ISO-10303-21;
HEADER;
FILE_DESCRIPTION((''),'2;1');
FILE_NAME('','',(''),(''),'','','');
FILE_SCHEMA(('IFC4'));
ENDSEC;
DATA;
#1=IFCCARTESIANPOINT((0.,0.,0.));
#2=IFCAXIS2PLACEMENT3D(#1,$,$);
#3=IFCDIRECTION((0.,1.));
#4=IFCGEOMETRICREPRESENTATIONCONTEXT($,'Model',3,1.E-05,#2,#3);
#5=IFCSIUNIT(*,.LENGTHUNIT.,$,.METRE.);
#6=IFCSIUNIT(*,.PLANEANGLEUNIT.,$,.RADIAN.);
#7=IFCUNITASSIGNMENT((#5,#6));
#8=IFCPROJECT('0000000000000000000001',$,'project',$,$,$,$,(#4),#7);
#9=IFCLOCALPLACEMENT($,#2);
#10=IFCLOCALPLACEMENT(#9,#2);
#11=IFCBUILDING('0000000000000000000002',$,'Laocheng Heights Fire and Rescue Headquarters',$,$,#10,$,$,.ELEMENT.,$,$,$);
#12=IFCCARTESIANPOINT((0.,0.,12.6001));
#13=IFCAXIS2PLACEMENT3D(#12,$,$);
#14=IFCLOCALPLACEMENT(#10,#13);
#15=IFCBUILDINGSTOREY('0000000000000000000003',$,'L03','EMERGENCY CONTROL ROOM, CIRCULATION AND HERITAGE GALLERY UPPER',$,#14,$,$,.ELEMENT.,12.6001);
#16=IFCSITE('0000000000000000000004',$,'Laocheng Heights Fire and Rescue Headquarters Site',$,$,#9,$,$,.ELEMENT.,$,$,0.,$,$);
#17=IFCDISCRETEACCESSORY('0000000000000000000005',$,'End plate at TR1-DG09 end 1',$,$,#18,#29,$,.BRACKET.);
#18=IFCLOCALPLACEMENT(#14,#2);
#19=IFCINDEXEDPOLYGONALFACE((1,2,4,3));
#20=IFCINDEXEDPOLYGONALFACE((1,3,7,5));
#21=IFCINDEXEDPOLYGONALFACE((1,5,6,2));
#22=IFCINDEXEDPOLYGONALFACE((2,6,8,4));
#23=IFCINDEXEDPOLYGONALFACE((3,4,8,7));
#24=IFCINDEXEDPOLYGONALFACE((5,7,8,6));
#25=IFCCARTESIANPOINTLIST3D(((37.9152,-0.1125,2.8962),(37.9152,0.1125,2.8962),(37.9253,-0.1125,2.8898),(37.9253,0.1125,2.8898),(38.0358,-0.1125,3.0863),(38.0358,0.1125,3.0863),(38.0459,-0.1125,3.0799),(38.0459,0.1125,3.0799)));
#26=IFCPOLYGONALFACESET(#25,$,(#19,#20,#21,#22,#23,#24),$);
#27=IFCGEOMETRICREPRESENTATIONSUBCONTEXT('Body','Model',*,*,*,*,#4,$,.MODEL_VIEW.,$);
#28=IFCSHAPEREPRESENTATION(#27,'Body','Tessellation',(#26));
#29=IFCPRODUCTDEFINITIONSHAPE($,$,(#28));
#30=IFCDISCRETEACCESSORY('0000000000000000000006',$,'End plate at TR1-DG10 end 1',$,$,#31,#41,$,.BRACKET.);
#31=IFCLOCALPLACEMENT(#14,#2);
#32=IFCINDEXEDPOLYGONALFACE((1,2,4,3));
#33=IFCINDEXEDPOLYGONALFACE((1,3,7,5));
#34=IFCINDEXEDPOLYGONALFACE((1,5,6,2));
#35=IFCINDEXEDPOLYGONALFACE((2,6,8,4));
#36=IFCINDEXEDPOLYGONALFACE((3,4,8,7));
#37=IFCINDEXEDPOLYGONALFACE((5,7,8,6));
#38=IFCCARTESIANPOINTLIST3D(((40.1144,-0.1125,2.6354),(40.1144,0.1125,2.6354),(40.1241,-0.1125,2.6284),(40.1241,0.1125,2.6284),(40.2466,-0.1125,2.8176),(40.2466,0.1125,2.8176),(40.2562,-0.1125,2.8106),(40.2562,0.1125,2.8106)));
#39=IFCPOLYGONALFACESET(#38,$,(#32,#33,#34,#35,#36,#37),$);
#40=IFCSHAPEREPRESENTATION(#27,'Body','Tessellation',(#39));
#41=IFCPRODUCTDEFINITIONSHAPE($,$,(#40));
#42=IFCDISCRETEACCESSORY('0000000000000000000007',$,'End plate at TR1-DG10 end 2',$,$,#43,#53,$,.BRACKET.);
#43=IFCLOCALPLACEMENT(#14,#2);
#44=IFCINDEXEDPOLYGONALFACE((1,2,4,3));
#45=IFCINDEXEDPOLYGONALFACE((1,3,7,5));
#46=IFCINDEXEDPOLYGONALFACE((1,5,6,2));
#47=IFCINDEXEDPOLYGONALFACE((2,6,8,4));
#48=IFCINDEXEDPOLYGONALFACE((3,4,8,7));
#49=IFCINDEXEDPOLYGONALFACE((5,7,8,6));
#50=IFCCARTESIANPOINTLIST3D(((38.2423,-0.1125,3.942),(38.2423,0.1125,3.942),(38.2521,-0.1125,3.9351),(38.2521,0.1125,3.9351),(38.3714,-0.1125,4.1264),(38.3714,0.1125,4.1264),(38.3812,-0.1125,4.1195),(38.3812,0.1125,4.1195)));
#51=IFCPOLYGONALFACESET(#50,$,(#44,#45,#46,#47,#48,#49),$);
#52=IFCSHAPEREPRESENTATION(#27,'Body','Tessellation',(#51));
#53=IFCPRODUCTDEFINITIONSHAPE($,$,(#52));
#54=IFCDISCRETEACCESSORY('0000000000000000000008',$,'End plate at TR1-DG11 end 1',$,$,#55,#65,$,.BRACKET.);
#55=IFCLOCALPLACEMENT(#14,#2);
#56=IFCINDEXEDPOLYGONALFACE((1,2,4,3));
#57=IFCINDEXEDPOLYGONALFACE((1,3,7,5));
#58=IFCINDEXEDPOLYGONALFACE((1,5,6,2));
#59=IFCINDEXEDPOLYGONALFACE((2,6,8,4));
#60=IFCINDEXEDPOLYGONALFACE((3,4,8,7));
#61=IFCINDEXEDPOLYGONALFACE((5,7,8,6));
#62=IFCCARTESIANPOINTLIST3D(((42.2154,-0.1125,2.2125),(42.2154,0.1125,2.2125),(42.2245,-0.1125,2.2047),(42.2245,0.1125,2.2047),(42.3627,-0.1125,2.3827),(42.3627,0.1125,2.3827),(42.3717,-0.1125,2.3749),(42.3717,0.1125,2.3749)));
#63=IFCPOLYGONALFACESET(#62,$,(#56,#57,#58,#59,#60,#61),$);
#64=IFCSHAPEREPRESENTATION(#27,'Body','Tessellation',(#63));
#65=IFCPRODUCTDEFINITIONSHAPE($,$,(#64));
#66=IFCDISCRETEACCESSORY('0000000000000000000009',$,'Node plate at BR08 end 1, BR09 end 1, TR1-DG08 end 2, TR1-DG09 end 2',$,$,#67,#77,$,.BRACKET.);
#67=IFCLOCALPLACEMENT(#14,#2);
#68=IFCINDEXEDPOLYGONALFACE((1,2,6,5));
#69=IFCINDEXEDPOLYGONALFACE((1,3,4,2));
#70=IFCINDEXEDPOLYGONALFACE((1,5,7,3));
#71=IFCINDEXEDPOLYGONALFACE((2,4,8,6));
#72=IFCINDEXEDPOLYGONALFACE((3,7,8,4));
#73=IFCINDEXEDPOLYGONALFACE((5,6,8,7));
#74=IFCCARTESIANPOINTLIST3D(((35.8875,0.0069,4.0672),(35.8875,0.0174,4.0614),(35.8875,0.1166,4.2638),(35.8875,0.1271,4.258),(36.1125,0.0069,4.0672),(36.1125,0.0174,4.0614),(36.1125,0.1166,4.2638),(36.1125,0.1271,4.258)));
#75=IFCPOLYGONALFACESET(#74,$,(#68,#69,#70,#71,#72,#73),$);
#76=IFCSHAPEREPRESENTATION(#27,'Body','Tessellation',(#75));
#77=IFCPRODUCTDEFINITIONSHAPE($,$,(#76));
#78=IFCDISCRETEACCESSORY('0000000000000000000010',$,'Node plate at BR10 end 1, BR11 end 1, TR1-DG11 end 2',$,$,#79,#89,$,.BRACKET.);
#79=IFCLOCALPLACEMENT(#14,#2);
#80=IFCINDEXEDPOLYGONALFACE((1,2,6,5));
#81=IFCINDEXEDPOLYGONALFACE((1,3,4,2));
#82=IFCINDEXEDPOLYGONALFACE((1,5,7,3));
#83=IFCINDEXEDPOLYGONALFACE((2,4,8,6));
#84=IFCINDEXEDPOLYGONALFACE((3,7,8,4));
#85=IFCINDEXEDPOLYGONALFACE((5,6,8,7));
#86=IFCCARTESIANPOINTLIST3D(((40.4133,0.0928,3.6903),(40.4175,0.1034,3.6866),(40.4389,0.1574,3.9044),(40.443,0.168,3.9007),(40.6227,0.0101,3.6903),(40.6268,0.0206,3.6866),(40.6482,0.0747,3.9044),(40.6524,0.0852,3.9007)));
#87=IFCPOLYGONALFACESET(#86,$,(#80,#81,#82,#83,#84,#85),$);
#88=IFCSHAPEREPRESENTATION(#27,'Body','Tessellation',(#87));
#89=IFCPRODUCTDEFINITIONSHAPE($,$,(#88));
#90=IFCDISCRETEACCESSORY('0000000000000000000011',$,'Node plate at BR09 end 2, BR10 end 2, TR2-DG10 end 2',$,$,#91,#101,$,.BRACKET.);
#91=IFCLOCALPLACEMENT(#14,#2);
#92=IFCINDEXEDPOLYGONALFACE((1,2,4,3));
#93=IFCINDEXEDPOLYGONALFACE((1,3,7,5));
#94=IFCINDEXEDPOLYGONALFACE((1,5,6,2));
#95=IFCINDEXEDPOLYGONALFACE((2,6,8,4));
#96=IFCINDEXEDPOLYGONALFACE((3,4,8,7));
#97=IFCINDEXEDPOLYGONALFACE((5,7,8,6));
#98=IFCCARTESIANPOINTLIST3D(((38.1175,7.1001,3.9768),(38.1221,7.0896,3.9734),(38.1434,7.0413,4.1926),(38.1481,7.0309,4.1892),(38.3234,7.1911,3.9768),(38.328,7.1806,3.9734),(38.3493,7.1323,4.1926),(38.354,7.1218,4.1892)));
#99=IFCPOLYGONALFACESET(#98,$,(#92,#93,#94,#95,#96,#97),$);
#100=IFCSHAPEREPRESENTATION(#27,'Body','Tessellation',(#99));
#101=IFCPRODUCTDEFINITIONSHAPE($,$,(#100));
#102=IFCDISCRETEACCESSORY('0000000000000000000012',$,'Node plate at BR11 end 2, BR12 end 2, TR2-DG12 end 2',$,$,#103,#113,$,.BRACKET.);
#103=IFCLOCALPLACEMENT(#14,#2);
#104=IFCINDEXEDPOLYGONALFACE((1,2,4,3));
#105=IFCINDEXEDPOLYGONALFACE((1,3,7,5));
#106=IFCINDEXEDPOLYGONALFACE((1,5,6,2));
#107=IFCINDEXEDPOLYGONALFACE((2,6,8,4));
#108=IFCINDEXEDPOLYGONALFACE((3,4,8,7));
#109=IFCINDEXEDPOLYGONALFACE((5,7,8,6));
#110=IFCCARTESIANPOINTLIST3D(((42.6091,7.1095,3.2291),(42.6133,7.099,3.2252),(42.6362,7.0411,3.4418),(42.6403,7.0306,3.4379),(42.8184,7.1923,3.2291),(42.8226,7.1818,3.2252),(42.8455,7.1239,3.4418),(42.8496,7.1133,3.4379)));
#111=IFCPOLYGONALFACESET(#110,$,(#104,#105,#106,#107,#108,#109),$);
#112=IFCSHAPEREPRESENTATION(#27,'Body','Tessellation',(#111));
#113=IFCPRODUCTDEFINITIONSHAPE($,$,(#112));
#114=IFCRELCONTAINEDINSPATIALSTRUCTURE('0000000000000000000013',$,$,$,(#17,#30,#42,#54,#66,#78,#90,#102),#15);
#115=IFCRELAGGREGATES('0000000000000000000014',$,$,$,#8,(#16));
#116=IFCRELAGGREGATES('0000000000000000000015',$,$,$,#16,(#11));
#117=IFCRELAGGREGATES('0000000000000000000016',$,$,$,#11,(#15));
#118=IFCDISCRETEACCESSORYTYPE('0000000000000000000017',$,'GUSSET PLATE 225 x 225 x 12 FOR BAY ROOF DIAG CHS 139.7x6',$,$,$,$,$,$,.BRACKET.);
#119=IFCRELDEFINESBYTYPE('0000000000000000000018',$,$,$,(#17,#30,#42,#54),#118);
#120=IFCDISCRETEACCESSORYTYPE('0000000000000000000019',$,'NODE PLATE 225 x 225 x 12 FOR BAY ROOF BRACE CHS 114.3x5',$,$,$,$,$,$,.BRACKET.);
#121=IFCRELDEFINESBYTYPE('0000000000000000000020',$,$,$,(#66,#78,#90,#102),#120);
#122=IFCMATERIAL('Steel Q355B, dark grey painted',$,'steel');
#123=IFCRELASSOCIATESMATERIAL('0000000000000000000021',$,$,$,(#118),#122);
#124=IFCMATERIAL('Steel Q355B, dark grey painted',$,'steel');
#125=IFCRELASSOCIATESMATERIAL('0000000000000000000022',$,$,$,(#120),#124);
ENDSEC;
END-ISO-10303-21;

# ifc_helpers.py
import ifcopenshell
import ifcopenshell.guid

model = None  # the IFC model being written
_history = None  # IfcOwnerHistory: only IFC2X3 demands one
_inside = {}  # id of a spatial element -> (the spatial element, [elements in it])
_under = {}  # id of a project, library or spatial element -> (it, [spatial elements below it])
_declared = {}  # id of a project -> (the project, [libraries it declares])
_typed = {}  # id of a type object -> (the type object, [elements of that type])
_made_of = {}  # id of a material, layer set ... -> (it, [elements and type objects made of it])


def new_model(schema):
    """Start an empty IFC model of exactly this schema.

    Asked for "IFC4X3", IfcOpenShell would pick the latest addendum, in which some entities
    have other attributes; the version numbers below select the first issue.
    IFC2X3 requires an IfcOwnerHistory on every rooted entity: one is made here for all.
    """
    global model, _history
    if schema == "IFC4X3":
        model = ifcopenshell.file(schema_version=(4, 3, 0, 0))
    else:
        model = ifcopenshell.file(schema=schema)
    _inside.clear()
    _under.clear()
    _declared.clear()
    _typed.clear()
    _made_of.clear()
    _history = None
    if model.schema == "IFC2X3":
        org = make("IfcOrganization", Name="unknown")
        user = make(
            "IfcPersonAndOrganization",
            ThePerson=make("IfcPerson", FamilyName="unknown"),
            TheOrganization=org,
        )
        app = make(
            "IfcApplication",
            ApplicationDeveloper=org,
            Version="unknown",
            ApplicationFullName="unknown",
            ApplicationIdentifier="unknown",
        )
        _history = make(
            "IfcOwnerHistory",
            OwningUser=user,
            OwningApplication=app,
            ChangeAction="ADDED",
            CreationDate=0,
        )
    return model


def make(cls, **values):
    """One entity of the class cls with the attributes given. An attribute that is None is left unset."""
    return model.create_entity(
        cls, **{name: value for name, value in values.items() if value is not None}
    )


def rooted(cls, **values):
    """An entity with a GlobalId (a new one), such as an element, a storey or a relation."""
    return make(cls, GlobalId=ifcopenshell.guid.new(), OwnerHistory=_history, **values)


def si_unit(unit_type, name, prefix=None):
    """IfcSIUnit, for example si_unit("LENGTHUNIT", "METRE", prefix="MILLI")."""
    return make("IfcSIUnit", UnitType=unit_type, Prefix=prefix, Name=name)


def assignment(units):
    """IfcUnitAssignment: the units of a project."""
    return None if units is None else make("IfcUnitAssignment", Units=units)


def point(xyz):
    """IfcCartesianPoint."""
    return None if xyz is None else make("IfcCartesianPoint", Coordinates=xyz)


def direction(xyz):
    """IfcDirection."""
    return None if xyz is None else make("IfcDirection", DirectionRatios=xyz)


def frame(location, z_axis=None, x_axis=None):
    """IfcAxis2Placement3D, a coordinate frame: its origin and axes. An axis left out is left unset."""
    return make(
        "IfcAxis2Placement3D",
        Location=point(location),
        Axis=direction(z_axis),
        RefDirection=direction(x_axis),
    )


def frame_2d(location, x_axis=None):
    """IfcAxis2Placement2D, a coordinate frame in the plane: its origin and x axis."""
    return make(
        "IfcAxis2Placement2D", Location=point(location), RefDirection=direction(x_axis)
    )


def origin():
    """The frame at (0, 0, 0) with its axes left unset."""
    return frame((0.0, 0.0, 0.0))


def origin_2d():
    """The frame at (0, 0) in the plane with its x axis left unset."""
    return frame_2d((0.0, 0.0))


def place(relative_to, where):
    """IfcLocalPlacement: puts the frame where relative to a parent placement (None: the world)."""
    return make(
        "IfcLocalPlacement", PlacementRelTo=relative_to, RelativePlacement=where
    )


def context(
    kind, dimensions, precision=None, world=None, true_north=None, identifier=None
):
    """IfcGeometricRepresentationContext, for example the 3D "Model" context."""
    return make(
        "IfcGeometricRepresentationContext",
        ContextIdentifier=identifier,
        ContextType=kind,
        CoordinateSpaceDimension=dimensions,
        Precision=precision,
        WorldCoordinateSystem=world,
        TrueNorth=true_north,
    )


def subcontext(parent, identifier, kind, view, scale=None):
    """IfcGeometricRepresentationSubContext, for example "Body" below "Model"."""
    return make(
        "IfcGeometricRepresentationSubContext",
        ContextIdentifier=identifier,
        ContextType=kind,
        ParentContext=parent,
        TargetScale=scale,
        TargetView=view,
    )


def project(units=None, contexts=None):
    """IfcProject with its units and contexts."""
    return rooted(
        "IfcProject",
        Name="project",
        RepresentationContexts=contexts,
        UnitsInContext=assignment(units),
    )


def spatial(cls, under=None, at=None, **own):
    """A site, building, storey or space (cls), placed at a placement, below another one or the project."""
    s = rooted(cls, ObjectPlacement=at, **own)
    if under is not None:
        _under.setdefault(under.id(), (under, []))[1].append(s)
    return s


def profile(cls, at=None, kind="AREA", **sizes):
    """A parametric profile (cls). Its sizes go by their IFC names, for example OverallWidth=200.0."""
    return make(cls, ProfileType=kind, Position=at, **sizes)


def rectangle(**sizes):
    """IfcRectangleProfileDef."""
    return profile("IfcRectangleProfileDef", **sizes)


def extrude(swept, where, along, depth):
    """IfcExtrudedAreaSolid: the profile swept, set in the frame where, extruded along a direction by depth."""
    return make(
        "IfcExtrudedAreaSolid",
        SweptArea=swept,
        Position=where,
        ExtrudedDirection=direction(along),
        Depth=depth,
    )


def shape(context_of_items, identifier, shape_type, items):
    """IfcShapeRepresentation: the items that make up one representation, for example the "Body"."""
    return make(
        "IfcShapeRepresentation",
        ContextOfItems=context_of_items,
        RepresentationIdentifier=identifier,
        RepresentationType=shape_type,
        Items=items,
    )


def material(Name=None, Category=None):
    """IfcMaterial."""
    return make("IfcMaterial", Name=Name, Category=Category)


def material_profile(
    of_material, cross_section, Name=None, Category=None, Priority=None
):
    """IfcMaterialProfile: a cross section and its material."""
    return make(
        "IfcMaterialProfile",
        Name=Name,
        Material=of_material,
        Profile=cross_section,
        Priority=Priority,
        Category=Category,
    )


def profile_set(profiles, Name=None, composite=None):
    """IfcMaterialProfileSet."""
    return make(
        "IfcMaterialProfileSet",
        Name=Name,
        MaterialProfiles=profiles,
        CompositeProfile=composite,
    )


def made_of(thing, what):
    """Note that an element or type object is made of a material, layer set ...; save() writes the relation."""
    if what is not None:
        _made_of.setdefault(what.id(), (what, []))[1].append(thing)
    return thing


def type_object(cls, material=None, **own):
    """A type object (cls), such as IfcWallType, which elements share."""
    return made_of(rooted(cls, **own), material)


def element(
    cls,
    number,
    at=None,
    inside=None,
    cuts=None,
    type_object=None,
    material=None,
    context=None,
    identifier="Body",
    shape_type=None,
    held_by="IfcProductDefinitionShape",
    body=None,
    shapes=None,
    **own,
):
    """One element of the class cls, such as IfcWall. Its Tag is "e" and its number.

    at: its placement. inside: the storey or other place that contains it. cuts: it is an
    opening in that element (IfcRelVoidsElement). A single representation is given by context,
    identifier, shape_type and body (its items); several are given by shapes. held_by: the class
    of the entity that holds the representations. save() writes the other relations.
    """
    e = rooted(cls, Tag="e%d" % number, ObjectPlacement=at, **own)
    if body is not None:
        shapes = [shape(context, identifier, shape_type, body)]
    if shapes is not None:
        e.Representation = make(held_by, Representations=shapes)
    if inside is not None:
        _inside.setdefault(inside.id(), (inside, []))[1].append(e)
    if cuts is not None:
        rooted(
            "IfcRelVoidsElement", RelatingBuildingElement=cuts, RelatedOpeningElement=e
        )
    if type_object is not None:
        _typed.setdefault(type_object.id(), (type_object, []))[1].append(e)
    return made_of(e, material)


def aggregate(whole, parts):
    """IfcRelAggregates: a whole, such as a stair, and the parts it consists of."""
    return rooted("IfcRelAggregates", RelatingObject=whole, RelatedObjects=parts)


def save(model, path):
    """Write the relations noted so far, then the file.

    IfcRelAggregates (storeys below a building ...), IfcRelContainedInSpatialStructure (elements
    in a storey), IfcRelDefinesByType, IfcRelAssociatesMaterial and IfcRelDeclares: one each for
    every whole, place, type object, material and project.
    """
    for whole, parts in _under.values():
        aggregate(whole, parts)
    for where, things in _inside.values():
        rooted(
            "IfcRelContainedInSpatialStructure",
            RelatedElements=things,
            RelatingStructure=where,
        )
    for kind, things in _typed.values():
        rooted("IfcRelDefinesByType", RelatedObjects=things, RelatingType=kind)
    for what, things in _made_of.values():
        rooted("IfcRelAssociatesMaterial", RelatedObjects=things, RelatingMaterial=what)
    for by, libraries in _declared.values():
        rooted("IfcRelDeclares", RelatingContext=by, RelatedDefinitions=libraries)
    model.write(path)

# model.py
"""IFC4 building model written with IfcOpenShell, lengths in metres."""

from ifc_helpers import new_model, si_unit, direction, frame, origin, origin_2d, place, context, subcontext, project, spatial, rectangle, extrude, material, material_profile, profile_set, type_object, element, save


model = new_model("IFC4")

# Units and contexts
model_context = context("Model", 3, precision=1e-05, world=origin(), true_north=direction((0.0, 1.0)))
body_context = subcontext(model_context, "Body", "Model", "MODEL_VIEW")
ifc_project = project(units=[si_unit("LENGTHUNIT", "METRE"), si_unit("PLANEANGLEUNIT", "RADIAN")], contexts=[model_context])

# Site, building, storey
site_placement = place(None, origin())
site = spatial("IfcSite", under=ifc_project, at=site_placement, Name="Laocheng Heights Fire and Rescue Headquarters Site", CompositionType="ELEMENT", RefElevation=0.0)
building_placement = place(site_placement, origin())
building = spatial("IfcBuilding", under=site, at=building_placement, Name="Laocheng Heights Fire and Rescue Headquarters", CompositionType="ELEMENT")
storey_placement = place(building_placement, frame((0.0, 0.0, 12.6001)))
storey = spatial("IfcBuildingStorey", under=building, at=storey_placement, Name="L03", Description="EMERGENCY CONTROL ROOM, CIRCULATION AND HERITAGE GALLERY UPPER", CompositionType="ELEMENT", Elevation=12.6001)

# Discrete accessories
ifc_material_1 = material(Name="Steel Q355B, dark grey painted", Category="steel")
ifc_material_profile_1 = material_profile(ifc_material_1, rectangle(XDim=0.2251, YDim=0.2251, at=origin_2d()), Name="GUSSET PLATE 225 x 225 x 12 FOR BAY ROOF DIAG CHS 139.7x6")
ifc_profile_set_1 = profile_set([ifc_material_profile_1], Name="Steel Q355B, dark grey painted")
discrete_accessory_type_1 = type_object("IfcDiscreteAccessoryType", Name="GUSSET PLATE 225 x 225 x 12 FOR BAY ROOF DIAG CHS 139.7x6", PredefinedType="BRACKET", material=ifc_profile_set_1)
for number, where, z_axis, x_axis, name in (
    (1, (37.9856, 0.0, 2.9849), (-0.844509, 0.0, 0.535542), (0.0, -1.0, 0.0), "End plate at TR1-DG09 end 1"),
    (2, (40.1902, 0.0, 2.7195), (-0.80961, 0.0, 0.586968), (0.0, -1.0, 0.0), "End plate at TR1-DG10 end 1"),
    (3, (38.3167, 0.0, 4.0273), (-0.819232, 0.0, 0.573462), (0.0, -1.0, 0.0), "End plate at TR1-DG10 end 2"),
    (4, (42.2981, 0.0, 2.2898), (-0.756363, 0.0, 0.654152), (0.0, -1.0, 0.0), "End plate at TR1-DG11 end 1"),
):
    element("IfcDiscreteAccessory", number, at=place(storey_placement, frame(where, z_axis=z_axis, x_axis=x_axis)), inside=storey, type_object=discrete_accessory_type_1, Name=name, PredefinedType="BRACKET", context=body_context, shape_type="SweptSolid", body=[
        extrude(rectangle(XDim=0.2251, YDim=0.2251, at=origin_2d()), origin(), (0.0, 0.0, 1.0), 0.012),
    ])
ifc_material_2 = material(Name="Steel Q355B, dark grey painted", Category="steel")
ifc_material_profile_2 = material_profile(ifc_material_2, rectangle(XDim=0.2251, YDim=0.2251, at=origin_2d()), Name="NODE PLATE 225 x 225 x 12 FOR BAY ROOF BRACE CHS 114.3x5")
ifc_profile_set_2 = profile_set([ifc_material_profile_2], Name="Steel Q355B, dark grey painted")
discrete_accessory_type_2 = type_object("IfcDiscreteAccessoryType", Name="NODE PLATE 225 x 225 x 12 FOR BAY ROOF BRACE CHS 114.3x5", PredefinedType="BRACKET", material=ifc_profile_set_2)
for number, where, z_axis, x_axis, name in (
    (5, (36.0, 0.0618, 4.1655), (0.0, 0.873198, -0.487366), (-1.0, 0.0, 0.0), "Node plate at BR08 end 1, BR09 end 1, TR1-DG08 end 2, TR1-DG09 end 2"),
    (6, (40.5308, 0.0837, 3.7974), (0.349717, 0.884579, -0.308574), (-0.929961, 0.367659, 0.0), "Node plate at BR10 end 1, BR11 end 1, TR1-DG11 end 2"),
    (7, (38.2334, 7.1162, 4.0847), (0.387352, -0.876639, -0.285417), (0.914687, 0.404164, 0.0), "Node plate at BR09 end 2, BR10 end 2, TR2-DG10 end 2"),
    (8, (42.7273, 7.1167, 3.3354), (0.347446, -0.878833, -0.327008), (0.929961, 0.367659, 0.0), "Node plate at BR11 end 2, BR12 end 2, TR2-DG12 end 2"),
):
    element("IfcDiscreteAccessory", number, at=place(storey_placement, frame(where, z_axis=z_axis, x_axis=x_axis)), inside=storey, type_object=discrete_accessory_type_2, Name=name, PredefinedType="BRACKET", context=body_context, shape_type="SweptSolid", body=[
        extrude(rectangle(XDim=0.2251, YDim=0.2251, at=origin_2d()), origin(), (0.0, 0.0, 1.0), 0.012),
    ])

save(model, "model.ifc")
